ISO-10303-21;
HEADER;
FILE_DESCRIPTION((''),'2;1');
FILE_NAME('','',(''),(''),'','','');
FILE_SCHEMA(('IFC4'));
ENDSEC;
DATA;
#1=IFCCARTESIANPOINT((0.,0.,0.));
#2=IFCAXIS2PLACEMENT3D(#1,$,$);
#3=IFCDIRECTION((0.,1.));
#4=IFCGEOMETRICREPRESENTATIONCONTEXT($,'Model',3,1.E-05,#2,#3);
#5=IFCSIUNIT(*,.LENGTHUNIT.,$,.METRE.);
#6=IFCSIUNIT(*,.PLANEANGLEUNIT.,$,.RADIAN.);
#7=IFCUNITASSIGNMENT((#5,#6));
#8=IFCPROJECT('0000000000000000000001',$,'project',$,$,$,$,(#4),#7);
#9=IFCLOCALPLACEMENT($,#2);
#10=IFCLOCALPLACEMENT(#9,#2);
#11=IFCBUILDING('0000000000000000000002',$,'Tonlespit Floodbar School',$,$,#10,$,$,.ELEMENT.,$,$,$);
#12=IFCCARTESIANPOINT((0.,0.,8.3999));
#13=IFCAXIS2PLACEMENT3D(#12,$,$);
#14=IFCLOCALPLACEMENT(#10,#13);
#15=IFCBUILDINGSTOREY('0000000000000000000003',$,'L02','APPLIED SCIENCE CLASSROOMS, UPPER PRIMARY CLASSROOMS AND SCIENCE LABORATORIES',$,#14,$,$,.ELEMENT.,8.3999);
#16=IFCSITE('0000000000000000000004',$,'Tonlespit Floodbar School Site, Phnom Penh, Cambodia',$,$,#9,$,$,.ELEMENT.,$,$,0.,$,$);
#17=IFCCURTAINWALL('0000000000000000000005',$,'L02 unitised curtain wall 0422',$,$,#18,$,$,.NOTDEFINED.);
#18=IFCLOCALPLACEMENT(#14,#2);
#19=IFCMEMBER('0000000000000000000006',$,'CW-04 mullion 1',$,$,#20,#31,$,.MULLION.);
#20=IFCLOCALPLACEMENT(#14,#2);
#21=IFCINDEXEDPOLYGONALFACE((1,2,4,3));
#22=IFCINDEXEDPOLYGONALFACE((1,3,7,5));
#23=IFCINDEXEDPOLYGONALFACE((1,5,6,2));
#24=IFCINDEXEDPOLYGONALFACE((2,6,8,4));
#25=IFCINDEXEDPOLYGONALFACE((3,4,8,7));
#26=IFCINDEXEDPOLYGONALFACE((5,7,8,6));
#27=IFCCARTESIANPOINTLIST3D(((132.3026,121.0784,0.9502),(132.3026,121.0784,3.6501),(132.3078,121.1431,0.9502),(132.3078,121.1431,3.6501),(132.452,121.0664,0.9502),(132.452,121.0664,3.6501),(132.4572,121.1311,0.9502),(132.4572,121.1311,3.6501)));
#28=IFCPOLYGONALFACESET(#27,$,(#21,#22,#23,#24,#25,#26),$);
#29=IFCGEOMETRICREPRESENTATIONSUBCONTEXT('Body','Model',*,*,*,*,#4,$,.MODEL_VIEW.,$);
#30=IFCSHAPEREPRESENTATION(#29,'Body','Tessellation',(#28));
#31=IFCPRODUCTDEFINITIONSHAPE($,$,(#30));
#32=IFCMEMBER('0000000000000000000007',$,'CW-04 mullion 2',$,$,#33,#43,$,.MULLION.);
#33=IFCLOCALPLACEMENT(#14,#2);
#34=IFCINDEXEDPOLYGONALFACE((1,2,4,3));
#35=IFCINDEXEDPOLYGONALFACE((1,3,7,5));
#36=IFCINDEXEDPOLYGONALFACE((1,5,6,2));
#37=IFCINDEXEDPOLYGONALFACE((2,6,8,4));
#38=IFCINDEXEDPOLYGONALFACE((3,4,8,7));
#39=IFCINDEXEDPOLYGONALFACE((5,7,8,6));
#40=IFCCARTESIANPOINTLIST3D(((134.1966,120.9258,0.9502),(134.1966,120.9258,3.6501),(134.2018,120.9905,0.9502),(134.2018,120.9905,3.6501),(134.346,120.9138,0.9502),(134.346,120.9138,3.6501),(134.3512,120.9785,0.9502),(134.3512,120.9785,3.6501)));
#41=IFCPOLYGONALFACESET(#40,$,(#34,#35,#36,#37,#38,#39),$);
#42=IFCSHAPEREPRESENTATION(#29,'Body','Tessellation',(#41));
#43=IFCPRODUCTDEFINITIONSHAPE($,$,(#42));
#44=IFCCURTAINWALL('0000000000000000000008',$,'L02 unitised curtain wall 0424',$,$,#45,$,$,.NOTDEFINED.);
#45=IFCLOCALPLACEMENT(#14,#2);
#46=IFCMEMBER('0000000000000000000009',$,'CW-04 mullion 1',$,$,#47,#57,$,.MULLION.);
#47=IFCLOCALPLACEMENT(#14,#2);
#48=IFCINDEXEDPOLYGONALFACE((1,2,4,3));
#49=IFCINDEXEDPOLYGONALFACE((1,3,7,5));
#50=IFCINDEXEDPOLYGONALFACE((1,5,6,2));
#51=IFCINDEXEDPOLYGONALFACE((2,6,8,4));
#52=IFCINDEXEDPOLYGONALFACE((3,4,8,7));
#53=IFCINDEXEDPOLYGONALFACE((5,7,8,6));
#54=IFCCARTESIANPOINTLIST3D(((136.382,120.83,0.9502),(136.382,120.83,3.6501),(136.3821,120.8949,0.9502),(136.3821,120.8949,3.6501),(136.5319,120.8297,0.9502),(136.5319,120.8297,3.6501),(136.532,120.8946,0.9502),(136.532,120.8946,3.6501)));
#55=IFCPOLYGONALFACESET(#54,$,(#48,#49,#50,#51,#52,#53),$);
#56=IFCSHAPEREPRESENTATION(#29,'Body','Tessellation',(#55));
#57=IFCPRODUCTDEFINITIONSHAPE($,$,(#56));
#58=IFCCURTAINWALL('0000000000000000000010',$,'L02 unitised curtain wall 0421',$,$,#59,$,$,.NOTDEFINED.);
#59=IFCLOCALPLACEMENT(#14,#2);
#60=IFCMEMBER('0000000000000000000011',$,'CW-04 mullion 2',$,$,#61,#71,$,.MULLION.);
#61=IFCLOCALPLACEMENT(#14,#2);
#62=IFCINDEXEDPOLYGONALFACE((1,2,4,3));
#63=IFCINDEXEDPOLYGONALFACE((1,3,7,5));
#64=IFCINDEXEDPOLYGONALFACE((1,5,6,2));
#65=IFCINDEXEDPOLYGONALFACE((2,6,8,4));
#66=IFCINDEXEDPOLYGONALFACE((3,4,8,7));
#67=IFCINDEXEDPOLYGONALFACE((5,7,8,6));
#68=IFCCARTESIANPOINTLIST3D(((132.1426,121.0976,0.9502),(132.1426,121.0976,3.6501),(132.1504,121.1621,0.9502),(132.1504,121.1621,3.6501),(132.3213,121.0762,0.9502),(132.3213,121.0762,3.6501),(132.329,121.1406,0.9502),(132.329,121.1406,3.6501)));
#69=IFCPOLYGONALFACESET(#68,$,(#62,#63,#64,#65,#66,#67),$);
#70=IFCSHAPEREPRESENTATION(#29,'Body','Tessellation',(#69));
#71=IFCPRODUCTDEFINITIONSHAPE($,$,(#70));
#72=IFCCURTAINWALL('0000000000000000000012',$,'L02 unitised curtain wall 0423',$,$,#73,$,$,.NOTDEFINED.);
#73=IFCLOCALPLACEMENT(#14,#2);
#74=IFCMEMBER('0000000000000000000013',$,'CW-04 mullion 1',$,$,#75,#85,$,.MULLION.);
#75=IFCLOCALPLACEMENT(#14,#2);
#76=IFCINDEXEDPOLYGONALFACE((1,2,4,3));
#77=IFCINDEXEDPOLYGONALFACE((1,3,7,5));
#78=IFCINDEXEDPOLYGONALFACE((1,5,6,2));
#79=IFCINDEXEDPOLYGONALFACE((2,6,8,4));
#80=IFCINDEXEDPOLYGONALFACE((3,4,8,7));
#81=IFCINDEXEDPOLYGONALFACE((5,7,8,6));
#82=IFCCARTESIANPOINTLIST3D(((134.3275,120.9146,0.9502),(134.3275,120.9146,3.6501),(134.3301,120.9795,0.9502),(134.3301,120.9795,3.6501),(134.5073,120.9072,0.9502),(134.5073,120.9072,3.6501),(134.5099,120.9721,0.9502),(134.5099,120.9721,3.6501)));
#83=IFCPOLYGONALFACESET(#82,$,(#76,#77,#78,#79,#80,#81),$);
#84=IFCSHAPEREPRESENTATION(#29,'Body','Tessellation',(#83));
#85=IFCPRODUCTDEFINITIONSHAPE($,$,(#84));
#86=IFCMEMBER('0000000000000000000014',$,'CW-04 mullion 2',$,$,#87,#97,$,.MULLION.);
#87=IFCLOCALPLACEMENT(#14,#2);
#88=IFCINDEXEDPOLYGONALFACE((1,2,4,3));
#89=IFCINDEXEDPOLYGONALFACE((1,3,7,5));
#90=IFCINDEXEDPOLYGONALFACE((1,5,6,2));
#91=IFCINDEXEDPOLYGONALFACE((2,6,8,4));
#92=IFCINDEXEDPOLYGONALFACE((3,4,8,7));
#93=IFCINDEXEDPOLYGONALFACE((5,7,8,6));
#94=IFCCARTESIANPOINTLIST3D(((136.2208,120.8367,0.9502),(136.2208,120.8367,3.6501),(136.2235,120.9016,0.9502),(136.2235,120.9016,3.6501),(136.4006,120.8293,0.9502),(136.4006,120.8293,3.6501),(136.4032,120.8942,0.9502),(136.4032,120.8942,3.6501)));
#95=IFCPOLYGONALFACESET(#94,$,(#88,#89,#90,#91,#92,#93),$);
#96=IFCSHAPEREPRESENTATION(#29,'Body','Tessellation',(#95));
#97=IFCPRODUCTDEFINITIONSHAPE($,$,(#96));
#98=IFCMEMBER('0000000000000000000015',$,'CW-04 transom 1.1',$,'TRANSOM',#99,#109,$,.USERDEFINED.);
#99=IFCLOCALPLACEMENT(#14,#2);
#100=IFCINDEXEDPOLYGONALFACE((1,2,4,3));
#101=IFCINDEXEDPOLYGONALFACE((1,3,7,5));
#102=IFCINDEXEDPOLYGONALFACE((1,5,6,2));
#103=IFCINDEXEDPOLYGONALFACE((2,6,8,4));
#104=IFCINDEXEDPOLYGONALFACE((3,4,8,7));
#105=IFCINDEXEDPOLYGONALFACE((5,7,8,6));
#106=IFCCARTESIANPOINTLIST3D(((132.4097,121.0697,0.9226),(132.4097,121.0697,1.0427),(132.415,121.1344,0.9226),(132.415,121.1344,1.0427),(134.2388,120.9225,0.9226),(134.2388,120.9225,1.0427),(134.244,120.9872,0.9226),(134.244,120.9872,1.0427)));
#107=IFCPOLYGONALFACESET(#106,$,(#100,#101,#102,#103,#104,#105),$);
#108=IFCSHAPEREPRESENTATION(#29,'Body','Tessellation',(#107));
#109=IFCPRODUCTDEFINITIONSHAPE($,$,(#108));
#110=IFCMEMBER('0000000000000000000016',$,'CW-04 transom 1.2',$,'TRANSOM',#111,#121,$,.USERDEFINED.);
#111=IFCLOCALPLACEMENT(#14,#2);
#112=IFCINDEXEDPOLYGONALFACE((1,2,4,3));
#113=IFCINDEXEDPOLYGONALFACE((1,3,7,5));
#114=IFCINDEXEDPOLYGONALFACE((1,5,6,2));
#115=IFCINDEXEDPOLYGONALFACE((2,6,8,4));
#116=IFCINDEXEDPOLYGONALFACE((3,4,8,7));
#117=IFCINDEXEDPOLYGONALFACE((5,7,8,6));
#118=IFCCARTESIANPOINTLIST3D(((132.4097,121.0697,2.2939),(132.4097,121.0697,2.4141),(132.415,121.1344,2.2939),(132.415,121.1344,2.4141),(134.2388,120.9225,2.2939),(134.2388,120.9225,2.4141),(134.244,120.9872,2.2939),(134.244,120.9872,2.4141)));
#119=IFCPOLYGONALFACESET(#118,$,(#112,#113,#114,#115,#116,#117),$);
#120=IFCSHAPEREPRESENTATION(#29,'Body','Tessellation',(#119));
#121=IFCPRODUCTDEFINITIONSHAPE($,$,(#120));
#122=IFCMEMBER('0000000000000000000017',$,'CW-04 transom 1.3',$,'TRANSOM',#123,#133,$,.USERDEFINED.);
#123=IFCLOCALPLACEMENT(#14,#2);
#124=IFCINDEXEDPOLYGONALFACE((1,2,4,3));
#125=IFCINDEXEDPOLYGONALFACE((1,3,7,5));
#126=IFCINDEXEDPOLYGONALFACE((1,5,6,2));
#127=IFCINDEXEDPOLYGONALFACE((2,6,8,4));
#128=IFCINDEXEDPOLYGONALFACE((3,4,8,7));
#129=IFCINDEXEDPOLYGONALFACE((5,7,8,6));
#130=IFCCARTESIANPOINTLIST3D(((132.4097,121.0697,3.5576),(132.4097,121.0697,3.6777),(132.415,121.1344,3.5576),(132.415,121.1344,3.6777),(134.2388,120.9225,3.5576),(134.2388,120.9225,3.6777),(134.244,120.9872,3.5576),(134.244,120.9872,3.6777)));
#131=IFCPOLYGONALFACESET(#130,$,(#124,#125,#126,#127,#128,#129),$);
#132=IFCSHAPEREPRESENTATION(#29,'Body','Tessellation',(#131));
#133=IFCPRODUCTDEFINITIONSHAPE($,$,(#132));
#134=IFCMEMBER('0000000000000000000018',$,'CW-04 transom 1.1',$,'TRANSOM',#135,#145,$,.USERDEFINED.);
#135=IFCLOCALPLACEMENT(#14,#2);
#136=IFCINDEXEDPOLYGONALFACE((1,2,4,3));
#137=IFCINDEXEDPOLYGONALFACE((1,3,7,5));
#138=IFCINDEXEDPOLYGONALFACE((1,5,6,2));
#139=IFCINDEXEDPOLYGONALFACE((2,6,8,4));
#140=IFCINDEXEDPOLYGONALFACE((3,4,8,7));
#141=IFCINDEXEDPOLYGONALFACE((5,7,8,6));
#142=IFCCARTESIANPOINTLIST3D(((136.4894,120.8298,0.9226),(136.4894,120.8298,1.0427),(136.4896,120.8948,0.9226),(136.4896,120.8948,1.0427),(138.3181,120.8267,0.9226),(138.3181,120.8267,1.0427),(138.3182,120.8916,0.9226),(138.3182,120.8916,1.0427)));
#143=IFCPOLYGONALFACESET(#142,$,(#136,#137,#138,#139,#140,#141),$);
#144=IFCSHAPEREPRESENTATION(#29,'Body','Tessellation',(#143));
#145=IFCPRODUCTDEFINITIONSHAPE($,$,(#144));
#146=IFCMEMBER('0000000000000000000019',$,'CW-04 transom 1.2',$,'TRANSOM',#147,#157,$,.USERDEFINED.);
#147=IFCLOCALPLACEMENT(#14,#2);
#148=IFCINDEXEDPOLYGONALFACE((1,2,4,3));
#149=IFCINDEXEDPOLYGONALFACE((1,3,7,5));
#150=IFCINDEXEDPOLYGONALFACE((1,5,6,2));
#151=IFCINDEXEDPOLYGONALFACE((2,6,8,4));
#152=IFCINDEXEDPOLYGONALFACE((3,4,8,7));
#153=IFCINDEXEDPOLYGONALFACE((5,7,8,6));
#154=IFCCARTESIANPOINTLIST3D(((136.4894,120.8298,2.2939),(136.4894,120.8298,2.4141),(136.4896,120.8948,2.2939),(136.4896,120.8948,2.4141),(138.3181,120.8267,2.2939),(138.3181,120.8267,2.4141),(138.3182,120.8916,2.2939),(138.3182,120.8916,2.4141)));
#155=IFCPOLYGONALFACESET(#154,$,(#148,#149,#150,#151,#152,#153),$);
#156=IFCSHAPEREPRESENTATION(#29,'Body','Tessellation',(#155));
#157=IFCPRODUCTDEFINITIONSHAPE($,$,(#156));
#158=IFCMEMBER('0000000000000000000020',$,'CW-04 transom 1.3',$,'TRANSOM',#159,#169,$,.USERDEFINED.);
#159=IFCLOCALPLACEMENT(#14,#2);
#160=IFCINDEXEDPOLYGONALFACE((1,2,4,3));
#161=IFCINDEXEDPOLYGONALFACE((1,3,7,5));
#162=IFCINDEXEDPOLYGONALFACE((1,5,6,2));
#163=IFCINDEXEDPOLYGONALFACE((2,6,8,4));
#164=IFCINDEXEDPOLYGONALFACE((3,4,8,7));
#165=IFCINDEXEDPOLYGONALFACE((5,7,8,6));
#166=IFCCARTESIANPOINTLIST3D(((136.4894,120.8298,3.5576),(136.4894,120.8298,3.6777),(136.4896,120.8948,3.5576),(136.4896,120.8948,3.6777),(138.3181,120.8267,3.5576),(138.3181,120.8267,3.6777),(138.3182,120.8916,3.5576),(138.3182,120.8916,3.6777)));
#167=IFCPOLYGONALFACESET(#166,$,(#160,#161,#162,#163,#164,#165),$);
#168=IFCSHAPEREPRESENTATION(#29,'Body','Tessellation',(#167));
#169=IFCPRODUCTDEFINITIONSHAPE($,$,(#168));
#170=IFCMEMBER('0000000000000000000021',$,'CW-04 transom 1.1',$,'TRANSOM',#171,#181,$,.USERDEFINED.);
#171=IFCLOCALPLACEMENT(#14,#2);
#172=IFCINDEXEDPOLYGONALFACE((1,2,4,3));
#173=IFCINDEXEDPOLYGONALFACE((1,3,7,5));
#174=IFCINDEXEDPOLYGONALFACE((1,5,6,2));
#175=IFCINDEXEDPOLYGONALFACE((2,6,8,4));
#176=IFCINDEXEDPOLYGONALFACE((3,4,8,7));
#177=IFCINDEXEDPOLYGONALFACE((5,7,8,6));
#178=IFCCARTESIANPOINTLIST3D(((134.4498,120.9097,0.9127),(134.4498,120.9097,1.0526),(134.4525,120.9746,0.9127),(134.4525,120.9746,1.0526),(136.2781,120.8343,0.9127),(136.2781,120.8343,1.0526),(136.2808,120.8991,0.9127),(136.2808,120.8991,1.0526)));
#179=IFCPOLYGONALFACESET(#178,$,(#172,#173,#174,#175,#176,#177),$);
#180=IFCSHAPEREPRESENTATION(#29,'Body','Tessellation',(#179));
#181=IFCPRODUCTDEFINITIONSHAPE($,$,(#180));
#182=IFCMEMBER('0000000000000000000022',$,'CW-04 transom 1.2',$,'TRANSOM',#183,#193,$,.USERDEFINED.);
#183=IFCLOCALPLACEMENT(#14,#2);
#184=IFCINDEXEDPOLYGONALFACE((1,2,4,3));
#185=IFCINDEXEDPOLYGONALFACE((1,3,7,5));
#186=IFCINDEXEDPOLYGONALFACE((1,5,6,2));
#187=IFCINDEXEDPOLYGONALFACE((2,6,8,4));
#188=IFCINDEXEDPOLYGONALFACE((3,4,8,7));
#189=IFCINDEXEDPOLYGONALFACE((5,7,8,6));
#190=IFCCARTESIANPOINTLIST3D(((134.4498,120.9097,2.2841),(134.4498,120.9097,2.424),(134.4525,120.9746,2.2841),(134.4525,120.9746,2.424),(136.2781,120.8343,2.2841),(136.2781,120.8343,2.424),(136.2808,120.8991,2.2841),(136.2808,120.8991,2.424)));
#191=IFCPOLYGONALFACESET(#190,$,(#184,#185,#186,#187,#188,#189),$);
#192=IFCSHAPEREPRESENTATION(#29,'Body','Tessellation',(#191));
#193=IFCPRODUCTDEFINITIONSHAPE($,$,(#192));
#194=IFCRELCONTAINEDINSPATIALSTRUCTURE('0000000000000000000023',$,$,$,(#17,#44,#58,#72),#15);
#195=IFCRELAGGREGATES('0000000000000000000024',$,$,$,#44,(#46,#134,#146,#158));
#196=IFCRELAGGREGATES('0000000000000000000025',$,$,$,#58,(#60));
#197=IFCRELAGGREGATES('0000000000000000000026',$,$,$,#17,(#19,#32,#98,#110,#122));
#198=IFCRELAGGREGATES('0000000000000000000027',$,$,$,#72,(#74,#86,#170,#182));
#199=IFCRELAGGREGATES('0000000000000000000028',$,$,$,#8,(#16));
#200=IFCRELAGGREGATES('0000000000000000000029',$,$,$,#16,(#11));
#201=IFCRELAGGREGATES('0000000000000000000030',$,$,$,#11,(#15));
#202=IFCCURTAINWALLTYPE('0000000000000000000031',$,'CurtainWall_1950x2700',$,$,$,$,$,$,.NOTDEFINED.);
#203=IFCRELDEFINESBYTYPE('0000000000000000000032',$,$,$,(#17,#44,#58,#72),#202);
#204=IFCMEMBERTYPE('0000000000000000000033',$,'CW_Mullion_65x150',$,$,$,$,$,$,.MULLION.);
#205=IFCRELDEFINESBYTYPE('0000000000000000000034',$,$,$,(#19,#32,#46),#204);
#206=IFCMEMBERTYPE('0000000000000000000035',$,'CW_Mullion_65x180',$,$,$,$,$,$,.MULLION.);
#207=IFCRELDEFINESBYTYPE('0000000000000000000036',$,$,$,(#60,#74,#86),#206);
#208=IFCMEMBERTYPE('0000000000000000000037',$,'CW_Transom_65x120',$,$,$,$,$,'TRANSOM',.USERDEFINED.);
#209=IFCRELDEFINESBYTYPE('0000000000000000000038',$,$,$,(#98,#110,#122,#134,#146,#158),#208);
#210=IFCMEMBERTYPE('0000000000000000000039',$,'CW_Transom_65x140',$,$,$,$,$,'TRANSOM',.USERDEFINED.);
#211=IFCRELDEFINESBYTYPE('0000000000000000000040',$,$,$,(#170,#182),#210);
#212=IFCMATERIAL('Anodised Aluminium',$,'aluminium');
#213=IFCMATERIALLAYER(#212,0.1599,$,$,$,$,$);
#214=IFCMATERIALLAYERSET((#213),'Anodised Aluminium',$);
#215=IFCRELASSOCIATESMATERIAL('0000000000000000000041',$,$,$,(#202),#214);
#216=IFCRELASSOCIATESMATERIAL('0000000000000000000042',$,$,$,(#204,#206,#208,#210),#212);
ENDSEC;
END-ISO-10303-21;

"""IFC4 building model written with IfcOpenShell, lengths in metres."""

from ifc_helpers import new_model, si_unit, direction, frame, origin, origin_2d, place, context, subcontext, project, spatial, rectangle, extrude, material, layer, layer_set, material_profile, profile_set, type_object, element, aggregate, save


model = new_model("IFC4")

# Units and contexts
model_context = context("Model", 3, precision=1e-05, world=origin(), true_north=direction((0.0, 1.0)))
body_context = subcontext(model_context, "Body", "Model", "MODEL_VIEW")
ifc_project = project(units=[si_unit("LENGTHUNIT", "METRE"), si_unit("PLANEANGLEUNIT", "RADIAN")], contexts=[model_context])

# Site, building, storey
site_placement = place(None, origin())
site = spatial("IfcSite", under=ifc_project, at=site_placement, Name="Tonlespit Floodbar School Site, Phnom Penh, Cambodia", CompositionType="ELEMENT", RefElevation=0.0)
building_placement = place(site_placement, origin())
building = spatial("IfcBuilding", under=site, at=building_placement, Name="Tonlespit Floodbar School", CompositionType="ELEMENT")
storey_placement = place(building_placement, frame((0.0, 0.0, 8.3999)))
storey = spatial("IfcBuildingStorey", under=building, at=storey_placement, Name="L02", Description="APPLIED SCIENCE CLASSROOMS, UPPER PRIMARY CLASSROOMS AND SCIENCE LABORATORIES", CompositionType="ELEMENT", Elevation=8.3999)

# Curtain wall, members
ifc_material_1 = material(Name="Anodised Aluminium", Category="aluminium")
ifc_layer_1 = layer(ifc_material_1, 0.1599)
ifc_layer_set_1 = layer_set([ifc_layer_1], Name="Anodised Aluminium")
curtain_wall_type = type_object("IfcCurtainWallType", Name="CurtainWall_1950x2700", PredefinedType="NOTDEFINED", material=ifc_layer_set_1)
curtain_wall_1_placement = place(storey_placement, origin())
curtain_wall_1 = element("IfcCurtainWall", 1, at=curtain_wall_1_placement, inside=storey, type_object=curtain_wall_type, Name="L02 unitised curtain wall 0422", PredefinedType="NOTDEFINED")
ifc_material_profile_1 = material_profile(ifc_material_1, rectangle(XDim=0.0649, YDim=0.1499, at=origin_2d()), Name="ALU M65x150")
ifc_profile_set_1 = profile_set([ifc_material_profile_1], Name="Anodised Aluminium")
member_type_1 = type_object("IfcMemberType", Name="CW_Mullion_65x150", PredefinedType="MULLION", material=ifc_profile_set_1)
member_1_placement = place(storey_placement, frame((132.3799, 121.1047, 0.9502), z_axis=(0.0, 0.0, 1.0), x_axis=(0.080303, 0.99677, 0.0)))
member_1 = element("IfcMember", 2, at=member_1_placement, type_object=member_type_1, Name="CW-04 mullion 1", PredefinedType="MULLION", context=body_context, shape_type="SweptSolid", body=[
    extrude(rectangle(XDim=0.0649, YDim=0.1499, at=origin_2d()), origin(), (0.0, 0.0, 1.0), 2.7),
])
member_2_placement = place(storey_placement, frame((134.2739, 120.9521, 0.9502), z_axis=(0.0, 0.0, 1.0), x_axis=(0.080303, 0.99677, 0.0)))
member_2 = element("IfcMember", 3, at=member_2_placement, type_object=member_type_1, Name="CW-04 mullion 2", PredefinedType="MULLION", context=body_context, shape_type="SweptSolid", body=[
    extrude(rectangle(XDim=0.0649, YDim=0.1499, at=origin_2d()), origin(), (0.0, 0.0, 1.0), 2.7),
])

# Curtain walls, members
curtain_wall_2_placement = place(storey_placement, origin())
curtain_wall_2 = element("IfcCurtainWall", 4, at=curtain_wall_2_placement, inside=storey, type_object=curtain_wall_type, Name="L02 unitised curtain wall 0424", PredefinedType="NOTDEFINED")
member_3_placement = place(storey_placement, frame((136.457, 120.8623, 0.9502), z_axis=(0.0, 0.0, 1.0), x_axis=(0.001787, 0.999998, 0.0)))
member_3 = element("IfcMember", 5, at=member_3_placement, type_object=member_type_1, Name="CW-04 mullion 1", PredefinedType="MULLION", context=body_context, shape_type="SweptSolid", body=[
    extrude(rectangle(XDim=0.0649, YDim=0.1499, at=origin_2d()), origin(), (0.0, 0.0, 1.0), 2.7),
])
curtain_wall_3_placement = place(storey_placement, origin())
curtain_wall_3 = element("IfcCurtainWall", 6, at=curtain_wall_3_placement, inside=storey, type_object=curtain_wall_type, Name="L02 unitised curtain wall 0421", PredefinedType="NOTDEFINED")
ifc_material_profile_2 = material_profile(ifc_material_1, rectangle(XDim=0.0649, YDim=0.1799, at=origin_2d()), Name="ALU M65x180")
ifc_profile_set_2 = profile_set([ifc_material_profile_2], Name="Anodised Aluminium")
member_type_2 = type_object("IfcMemberType", Name="CW_Mullion_65x180", PredefinedType="MULLION", material=ifc_profile_set_2)
member_4_placement = place(storey_placement, frame((132.2358, 121.1191, 0.9502), z_axis=(0.0, 0.0, 1.0), x_axis=(0.119449, 0.99284, 0.0)))
member_4 = element("IfcMember", 7, at=member_4_placement, type_object=member_type_2, Name="CW-04 mullion 2", PredefinedType="MULLION", context=body_context, shape_type="SweptSolid", body=[
    extrude(rectangle(XDim=0.0649, YDim=0.1799, at=origin_2d()), origin(), (0.0, 0.0, 1.0), 2.7),
])

# Curtain wall, members
curtain_wall_4_placement = place(storey_placement, origin())
curtain_wall_4 = element("IfcCurtainWall", 8, at=curtain_wall_4_placement, inside=storey, type_object=curtain_wall_type, Name="L02 unitised curtain wall 0423", PredefinedType="NOTDEFINED")
member_5_placement = place(storey_placement, frame((134.4187, 120.9434, 0.9502), z_axis=(0.0, 0.0, 1.0), x_axis=(0.041121, 0.999154, 0.0)))
member_5 = element("IfcMember", 9, at=member_5_placement, type_object=member_type_2, Name="CW-04 mullion 1", PredefinedType="MULLION", context=body_context, shape_type="SweptSolid", body=[
    extrude(rectangle(XDim=0.0649, YDim=0.1799, at=origin_2d()), origin(), (0.0, 0.0, 1.0), 2.7),
])
member_6_placement = place(storey_placement, frame((136.312, 120.8655, 0.9502), z_axis=(0.0, 0.0, 1.0), x_axis=(0.041121, 0.999154, 0.0)))
member_6 = element("IfcMember", 10, at=member_6_placement, type_object=member_type_2, Name="CW-04 mullion 2", PredefinedType="MULLION", context=body_context, shape_type="SweptSolid", body=[
    extrude(rectangle(XDim=0.0649, YDim=0.1799, at=origin_2d()), origin(), (0.0, 0.0, 1.0), 2.7),
])

# Members
ifc_material_profile_3 = material_profile(ifc_material_1, rectangle(XDim=0.0649, YDim=0.1201, at=origin_2d()), Name="ALU T65x120")
ifc_profile_set_3 = profile_set([ifc_material_profile_3], Name="Anodised Aluminium")
member_type_3 = type_object("IfcMemberType", Name="CW_Transom_65x120", ElementType="TRANSOM", PredefinedType="USERDEFINED", material=ifc_profile_set_3)
member_7_placement = place(storey_placement, frame((132.4124, 121.1021, 0.9827), z_axis=(0.996777, -0.080226, 0.0), x_axis=(0.080226, 0.996777, 0.0)))
member_7 = element("IfcMember", 11, at=member_7_placement, type_object=member_type_3, Name="CW-04 transom 1.1", ObjectType="TRANSOM", PredefinedType="USERDEFINED", context=body_context, shape_type="SweptSolid", body=[
    extrude(rectangle(XDim=0.0649, YDim=0.1201, at=origin_2d()), origin(), (0.0, 0.0, 1.0), 1.835),
])
member_8_placement = place(storey_placement, frame((132.4124, 121.1021, 2.354), z_axis=(0.996777, -0.080226, 0.0), x_axis=(0.080226, 0.996777, 0.0)))
member_8 = element("IfcMember", 12, at=member_8_placement, type_object=member_type_3, Name="CW-04 transom 1.2", ObjectType="TRANSOM", PredefinedType="USERDEFINED", context=body_context, shape_type="SweptSolid", body=[
    extrude(rectangle(XDim=0.0649, YDim=0.1201, at=origin_2d()), origin(), (0.0, 0.0, 1.0), 1.835),
])
member_9_placement = place(storey_placement, frame((132.4124, 121.1021, 3.6177), z_axis=(0.996777, -0.080226, 0.0), x_axis=(0.080226, 0.996777, 0.0)))
member_9 = element("IfcMember", 13, at=member_9_placement, type_object=member_type_3, Name="CW-04 transom 1.3", ObjectType="TRANSOM", PredefinedType="USERDEFINED", context=body_context, shape_type="SweptSolid", body=[
    extrude(rectangle(XDim=0.0649, YDim=0.1201, at=origin_2d()), origin(), (0.0, 0.0, 1.0), 1.835),
])
member_10_placement = place(storey_placement, frame((136.4895, 120.8623, 0.9827), z_axis=(0.999998, -0.001736, 0.0), x_axis=(0.001736, 0.999998, 0.0)))
member_10 = element("IfcMember", 14, at=member_10_placement, type_object=member_type_3, Name="CW-04 transom 1.1", ObjectType="TRANSOM", PredefinedType="USERDEFINED", context=body_context, shape_type="SweptSolid", body=[
    extrude(rectangle(XDim=0.0649, YDim=0.1201, at=origin_2d()), origin(), (0.0, 0.0, 1.0), 1.8286),
])
member_11_placement = place(storey_placement, frame((136.4895, 120.8623, 2.354), z_axis=(0.999998, -0.001736, 0.0), x_axis=(0.001736, 0.999998, 0.0)))
member_11 = element("IfcMember", 15, at=member_11_placement, type_object=member_type_3, Name="CW-04 transom 1.2", ObjectType="TRANSOM", PredefinedType="USERDEFINED", context=body_context, shape_type="SweptSolid", body=[
    extrude(rectangle(XDim=0.0649, YDim=0.1201, at=origin_2d()), origin(), (0.0, 0.0, 1.0), 1.8286),
])
member_12_placement = place(storey_placement, frame((136.4895, 120.8623, 3.6177), z_axis=(0.999998, -0.001736, 0.0), x_axis=(0.001736, 0.999998, 0.0)))
member_12 = element("IfcMember", 16, at=member_12_placement, type_object=member_type_3, Name="CW-04 transom 1.3", ObjectType="TRANSOM", PredefinedType="USERDEFINED", context=body_context, shape_type="SweptSolid", body=[
    extrude(rectangle(XDim=0.0649, YDim=0.1201, at=origin_2d()), origin(), (0.0, 0.0, 1.0), 1.8286),
])
aggregate(curtain_wall_2, [member_3, member_10, member_11, member_12])
ifc_material_profile_4 = material_profile(ifc_material_1, rectangle(XDim=0.0649, YDim=0.1399, at=origin_2d()), Name="ALU T65x140")
ifc_profile_set_4 = profile_set([ifc_material_profile_4], Name="Anodised Aluminium")
member_type_4 = type_object("IfcMemberType", Name="CW_Transom_65x140", ElementType="TRANSOM", PredefinedType="USERDEFINED", material=ifc_profile_set_4)
member_13_placement = place(storey_placement, frame((134.4512, 120.9421, 0.9827), z_axis=(0.99915, -0.041225, 0.0), x_axis=(0.041225, 0.99915, 0.0)))
member_13 = element("IfcMember", 17, at=member_13_placement, type_object=member_type_4, Name="CW-04 transom 1.1", ObjectType="TRANSOM", PredefinedType="USERDEFINED", context=body_context, shape_type="SweptSolid", body=[
    extrude(rectangle(XDim=0.0649, YDim=0.1399, at=origin_2d()), origin(), (0.0, 0.0, 1.0), 1.8298),
])
member_14_placement = place(storey_placement, frame((134.4512, 120.9421, 2.354), z_axis=(0.99915, -0.041225, 0.0), x_axis=(0.041225, 0.99915, 0.0)))
member_14 = element("IfcMember", 18, at=member_14_placement, type_object=member_type_4, Name="CW-04 transom 1.2", ObjectType="TRANSOM", PredefinedType="USERDEFINED", context=body_context, shape_type="SweptSolid", body=[
    extrude(rectangle(XDim=0.0649, YDim=0.1399, at=origin_2d()), origin(), (0.0, 0.0, 1.0), 1.8298),
])

aggregate(curtain_wall_3, [member_4])
aggregate(curtain_wall_1, [member_1, member_2, member_7, member_8, member_9])
aggregate(curtain_wall_4, [member_5, member_6, member_13, member_14])

save(model, "model.ifc")
